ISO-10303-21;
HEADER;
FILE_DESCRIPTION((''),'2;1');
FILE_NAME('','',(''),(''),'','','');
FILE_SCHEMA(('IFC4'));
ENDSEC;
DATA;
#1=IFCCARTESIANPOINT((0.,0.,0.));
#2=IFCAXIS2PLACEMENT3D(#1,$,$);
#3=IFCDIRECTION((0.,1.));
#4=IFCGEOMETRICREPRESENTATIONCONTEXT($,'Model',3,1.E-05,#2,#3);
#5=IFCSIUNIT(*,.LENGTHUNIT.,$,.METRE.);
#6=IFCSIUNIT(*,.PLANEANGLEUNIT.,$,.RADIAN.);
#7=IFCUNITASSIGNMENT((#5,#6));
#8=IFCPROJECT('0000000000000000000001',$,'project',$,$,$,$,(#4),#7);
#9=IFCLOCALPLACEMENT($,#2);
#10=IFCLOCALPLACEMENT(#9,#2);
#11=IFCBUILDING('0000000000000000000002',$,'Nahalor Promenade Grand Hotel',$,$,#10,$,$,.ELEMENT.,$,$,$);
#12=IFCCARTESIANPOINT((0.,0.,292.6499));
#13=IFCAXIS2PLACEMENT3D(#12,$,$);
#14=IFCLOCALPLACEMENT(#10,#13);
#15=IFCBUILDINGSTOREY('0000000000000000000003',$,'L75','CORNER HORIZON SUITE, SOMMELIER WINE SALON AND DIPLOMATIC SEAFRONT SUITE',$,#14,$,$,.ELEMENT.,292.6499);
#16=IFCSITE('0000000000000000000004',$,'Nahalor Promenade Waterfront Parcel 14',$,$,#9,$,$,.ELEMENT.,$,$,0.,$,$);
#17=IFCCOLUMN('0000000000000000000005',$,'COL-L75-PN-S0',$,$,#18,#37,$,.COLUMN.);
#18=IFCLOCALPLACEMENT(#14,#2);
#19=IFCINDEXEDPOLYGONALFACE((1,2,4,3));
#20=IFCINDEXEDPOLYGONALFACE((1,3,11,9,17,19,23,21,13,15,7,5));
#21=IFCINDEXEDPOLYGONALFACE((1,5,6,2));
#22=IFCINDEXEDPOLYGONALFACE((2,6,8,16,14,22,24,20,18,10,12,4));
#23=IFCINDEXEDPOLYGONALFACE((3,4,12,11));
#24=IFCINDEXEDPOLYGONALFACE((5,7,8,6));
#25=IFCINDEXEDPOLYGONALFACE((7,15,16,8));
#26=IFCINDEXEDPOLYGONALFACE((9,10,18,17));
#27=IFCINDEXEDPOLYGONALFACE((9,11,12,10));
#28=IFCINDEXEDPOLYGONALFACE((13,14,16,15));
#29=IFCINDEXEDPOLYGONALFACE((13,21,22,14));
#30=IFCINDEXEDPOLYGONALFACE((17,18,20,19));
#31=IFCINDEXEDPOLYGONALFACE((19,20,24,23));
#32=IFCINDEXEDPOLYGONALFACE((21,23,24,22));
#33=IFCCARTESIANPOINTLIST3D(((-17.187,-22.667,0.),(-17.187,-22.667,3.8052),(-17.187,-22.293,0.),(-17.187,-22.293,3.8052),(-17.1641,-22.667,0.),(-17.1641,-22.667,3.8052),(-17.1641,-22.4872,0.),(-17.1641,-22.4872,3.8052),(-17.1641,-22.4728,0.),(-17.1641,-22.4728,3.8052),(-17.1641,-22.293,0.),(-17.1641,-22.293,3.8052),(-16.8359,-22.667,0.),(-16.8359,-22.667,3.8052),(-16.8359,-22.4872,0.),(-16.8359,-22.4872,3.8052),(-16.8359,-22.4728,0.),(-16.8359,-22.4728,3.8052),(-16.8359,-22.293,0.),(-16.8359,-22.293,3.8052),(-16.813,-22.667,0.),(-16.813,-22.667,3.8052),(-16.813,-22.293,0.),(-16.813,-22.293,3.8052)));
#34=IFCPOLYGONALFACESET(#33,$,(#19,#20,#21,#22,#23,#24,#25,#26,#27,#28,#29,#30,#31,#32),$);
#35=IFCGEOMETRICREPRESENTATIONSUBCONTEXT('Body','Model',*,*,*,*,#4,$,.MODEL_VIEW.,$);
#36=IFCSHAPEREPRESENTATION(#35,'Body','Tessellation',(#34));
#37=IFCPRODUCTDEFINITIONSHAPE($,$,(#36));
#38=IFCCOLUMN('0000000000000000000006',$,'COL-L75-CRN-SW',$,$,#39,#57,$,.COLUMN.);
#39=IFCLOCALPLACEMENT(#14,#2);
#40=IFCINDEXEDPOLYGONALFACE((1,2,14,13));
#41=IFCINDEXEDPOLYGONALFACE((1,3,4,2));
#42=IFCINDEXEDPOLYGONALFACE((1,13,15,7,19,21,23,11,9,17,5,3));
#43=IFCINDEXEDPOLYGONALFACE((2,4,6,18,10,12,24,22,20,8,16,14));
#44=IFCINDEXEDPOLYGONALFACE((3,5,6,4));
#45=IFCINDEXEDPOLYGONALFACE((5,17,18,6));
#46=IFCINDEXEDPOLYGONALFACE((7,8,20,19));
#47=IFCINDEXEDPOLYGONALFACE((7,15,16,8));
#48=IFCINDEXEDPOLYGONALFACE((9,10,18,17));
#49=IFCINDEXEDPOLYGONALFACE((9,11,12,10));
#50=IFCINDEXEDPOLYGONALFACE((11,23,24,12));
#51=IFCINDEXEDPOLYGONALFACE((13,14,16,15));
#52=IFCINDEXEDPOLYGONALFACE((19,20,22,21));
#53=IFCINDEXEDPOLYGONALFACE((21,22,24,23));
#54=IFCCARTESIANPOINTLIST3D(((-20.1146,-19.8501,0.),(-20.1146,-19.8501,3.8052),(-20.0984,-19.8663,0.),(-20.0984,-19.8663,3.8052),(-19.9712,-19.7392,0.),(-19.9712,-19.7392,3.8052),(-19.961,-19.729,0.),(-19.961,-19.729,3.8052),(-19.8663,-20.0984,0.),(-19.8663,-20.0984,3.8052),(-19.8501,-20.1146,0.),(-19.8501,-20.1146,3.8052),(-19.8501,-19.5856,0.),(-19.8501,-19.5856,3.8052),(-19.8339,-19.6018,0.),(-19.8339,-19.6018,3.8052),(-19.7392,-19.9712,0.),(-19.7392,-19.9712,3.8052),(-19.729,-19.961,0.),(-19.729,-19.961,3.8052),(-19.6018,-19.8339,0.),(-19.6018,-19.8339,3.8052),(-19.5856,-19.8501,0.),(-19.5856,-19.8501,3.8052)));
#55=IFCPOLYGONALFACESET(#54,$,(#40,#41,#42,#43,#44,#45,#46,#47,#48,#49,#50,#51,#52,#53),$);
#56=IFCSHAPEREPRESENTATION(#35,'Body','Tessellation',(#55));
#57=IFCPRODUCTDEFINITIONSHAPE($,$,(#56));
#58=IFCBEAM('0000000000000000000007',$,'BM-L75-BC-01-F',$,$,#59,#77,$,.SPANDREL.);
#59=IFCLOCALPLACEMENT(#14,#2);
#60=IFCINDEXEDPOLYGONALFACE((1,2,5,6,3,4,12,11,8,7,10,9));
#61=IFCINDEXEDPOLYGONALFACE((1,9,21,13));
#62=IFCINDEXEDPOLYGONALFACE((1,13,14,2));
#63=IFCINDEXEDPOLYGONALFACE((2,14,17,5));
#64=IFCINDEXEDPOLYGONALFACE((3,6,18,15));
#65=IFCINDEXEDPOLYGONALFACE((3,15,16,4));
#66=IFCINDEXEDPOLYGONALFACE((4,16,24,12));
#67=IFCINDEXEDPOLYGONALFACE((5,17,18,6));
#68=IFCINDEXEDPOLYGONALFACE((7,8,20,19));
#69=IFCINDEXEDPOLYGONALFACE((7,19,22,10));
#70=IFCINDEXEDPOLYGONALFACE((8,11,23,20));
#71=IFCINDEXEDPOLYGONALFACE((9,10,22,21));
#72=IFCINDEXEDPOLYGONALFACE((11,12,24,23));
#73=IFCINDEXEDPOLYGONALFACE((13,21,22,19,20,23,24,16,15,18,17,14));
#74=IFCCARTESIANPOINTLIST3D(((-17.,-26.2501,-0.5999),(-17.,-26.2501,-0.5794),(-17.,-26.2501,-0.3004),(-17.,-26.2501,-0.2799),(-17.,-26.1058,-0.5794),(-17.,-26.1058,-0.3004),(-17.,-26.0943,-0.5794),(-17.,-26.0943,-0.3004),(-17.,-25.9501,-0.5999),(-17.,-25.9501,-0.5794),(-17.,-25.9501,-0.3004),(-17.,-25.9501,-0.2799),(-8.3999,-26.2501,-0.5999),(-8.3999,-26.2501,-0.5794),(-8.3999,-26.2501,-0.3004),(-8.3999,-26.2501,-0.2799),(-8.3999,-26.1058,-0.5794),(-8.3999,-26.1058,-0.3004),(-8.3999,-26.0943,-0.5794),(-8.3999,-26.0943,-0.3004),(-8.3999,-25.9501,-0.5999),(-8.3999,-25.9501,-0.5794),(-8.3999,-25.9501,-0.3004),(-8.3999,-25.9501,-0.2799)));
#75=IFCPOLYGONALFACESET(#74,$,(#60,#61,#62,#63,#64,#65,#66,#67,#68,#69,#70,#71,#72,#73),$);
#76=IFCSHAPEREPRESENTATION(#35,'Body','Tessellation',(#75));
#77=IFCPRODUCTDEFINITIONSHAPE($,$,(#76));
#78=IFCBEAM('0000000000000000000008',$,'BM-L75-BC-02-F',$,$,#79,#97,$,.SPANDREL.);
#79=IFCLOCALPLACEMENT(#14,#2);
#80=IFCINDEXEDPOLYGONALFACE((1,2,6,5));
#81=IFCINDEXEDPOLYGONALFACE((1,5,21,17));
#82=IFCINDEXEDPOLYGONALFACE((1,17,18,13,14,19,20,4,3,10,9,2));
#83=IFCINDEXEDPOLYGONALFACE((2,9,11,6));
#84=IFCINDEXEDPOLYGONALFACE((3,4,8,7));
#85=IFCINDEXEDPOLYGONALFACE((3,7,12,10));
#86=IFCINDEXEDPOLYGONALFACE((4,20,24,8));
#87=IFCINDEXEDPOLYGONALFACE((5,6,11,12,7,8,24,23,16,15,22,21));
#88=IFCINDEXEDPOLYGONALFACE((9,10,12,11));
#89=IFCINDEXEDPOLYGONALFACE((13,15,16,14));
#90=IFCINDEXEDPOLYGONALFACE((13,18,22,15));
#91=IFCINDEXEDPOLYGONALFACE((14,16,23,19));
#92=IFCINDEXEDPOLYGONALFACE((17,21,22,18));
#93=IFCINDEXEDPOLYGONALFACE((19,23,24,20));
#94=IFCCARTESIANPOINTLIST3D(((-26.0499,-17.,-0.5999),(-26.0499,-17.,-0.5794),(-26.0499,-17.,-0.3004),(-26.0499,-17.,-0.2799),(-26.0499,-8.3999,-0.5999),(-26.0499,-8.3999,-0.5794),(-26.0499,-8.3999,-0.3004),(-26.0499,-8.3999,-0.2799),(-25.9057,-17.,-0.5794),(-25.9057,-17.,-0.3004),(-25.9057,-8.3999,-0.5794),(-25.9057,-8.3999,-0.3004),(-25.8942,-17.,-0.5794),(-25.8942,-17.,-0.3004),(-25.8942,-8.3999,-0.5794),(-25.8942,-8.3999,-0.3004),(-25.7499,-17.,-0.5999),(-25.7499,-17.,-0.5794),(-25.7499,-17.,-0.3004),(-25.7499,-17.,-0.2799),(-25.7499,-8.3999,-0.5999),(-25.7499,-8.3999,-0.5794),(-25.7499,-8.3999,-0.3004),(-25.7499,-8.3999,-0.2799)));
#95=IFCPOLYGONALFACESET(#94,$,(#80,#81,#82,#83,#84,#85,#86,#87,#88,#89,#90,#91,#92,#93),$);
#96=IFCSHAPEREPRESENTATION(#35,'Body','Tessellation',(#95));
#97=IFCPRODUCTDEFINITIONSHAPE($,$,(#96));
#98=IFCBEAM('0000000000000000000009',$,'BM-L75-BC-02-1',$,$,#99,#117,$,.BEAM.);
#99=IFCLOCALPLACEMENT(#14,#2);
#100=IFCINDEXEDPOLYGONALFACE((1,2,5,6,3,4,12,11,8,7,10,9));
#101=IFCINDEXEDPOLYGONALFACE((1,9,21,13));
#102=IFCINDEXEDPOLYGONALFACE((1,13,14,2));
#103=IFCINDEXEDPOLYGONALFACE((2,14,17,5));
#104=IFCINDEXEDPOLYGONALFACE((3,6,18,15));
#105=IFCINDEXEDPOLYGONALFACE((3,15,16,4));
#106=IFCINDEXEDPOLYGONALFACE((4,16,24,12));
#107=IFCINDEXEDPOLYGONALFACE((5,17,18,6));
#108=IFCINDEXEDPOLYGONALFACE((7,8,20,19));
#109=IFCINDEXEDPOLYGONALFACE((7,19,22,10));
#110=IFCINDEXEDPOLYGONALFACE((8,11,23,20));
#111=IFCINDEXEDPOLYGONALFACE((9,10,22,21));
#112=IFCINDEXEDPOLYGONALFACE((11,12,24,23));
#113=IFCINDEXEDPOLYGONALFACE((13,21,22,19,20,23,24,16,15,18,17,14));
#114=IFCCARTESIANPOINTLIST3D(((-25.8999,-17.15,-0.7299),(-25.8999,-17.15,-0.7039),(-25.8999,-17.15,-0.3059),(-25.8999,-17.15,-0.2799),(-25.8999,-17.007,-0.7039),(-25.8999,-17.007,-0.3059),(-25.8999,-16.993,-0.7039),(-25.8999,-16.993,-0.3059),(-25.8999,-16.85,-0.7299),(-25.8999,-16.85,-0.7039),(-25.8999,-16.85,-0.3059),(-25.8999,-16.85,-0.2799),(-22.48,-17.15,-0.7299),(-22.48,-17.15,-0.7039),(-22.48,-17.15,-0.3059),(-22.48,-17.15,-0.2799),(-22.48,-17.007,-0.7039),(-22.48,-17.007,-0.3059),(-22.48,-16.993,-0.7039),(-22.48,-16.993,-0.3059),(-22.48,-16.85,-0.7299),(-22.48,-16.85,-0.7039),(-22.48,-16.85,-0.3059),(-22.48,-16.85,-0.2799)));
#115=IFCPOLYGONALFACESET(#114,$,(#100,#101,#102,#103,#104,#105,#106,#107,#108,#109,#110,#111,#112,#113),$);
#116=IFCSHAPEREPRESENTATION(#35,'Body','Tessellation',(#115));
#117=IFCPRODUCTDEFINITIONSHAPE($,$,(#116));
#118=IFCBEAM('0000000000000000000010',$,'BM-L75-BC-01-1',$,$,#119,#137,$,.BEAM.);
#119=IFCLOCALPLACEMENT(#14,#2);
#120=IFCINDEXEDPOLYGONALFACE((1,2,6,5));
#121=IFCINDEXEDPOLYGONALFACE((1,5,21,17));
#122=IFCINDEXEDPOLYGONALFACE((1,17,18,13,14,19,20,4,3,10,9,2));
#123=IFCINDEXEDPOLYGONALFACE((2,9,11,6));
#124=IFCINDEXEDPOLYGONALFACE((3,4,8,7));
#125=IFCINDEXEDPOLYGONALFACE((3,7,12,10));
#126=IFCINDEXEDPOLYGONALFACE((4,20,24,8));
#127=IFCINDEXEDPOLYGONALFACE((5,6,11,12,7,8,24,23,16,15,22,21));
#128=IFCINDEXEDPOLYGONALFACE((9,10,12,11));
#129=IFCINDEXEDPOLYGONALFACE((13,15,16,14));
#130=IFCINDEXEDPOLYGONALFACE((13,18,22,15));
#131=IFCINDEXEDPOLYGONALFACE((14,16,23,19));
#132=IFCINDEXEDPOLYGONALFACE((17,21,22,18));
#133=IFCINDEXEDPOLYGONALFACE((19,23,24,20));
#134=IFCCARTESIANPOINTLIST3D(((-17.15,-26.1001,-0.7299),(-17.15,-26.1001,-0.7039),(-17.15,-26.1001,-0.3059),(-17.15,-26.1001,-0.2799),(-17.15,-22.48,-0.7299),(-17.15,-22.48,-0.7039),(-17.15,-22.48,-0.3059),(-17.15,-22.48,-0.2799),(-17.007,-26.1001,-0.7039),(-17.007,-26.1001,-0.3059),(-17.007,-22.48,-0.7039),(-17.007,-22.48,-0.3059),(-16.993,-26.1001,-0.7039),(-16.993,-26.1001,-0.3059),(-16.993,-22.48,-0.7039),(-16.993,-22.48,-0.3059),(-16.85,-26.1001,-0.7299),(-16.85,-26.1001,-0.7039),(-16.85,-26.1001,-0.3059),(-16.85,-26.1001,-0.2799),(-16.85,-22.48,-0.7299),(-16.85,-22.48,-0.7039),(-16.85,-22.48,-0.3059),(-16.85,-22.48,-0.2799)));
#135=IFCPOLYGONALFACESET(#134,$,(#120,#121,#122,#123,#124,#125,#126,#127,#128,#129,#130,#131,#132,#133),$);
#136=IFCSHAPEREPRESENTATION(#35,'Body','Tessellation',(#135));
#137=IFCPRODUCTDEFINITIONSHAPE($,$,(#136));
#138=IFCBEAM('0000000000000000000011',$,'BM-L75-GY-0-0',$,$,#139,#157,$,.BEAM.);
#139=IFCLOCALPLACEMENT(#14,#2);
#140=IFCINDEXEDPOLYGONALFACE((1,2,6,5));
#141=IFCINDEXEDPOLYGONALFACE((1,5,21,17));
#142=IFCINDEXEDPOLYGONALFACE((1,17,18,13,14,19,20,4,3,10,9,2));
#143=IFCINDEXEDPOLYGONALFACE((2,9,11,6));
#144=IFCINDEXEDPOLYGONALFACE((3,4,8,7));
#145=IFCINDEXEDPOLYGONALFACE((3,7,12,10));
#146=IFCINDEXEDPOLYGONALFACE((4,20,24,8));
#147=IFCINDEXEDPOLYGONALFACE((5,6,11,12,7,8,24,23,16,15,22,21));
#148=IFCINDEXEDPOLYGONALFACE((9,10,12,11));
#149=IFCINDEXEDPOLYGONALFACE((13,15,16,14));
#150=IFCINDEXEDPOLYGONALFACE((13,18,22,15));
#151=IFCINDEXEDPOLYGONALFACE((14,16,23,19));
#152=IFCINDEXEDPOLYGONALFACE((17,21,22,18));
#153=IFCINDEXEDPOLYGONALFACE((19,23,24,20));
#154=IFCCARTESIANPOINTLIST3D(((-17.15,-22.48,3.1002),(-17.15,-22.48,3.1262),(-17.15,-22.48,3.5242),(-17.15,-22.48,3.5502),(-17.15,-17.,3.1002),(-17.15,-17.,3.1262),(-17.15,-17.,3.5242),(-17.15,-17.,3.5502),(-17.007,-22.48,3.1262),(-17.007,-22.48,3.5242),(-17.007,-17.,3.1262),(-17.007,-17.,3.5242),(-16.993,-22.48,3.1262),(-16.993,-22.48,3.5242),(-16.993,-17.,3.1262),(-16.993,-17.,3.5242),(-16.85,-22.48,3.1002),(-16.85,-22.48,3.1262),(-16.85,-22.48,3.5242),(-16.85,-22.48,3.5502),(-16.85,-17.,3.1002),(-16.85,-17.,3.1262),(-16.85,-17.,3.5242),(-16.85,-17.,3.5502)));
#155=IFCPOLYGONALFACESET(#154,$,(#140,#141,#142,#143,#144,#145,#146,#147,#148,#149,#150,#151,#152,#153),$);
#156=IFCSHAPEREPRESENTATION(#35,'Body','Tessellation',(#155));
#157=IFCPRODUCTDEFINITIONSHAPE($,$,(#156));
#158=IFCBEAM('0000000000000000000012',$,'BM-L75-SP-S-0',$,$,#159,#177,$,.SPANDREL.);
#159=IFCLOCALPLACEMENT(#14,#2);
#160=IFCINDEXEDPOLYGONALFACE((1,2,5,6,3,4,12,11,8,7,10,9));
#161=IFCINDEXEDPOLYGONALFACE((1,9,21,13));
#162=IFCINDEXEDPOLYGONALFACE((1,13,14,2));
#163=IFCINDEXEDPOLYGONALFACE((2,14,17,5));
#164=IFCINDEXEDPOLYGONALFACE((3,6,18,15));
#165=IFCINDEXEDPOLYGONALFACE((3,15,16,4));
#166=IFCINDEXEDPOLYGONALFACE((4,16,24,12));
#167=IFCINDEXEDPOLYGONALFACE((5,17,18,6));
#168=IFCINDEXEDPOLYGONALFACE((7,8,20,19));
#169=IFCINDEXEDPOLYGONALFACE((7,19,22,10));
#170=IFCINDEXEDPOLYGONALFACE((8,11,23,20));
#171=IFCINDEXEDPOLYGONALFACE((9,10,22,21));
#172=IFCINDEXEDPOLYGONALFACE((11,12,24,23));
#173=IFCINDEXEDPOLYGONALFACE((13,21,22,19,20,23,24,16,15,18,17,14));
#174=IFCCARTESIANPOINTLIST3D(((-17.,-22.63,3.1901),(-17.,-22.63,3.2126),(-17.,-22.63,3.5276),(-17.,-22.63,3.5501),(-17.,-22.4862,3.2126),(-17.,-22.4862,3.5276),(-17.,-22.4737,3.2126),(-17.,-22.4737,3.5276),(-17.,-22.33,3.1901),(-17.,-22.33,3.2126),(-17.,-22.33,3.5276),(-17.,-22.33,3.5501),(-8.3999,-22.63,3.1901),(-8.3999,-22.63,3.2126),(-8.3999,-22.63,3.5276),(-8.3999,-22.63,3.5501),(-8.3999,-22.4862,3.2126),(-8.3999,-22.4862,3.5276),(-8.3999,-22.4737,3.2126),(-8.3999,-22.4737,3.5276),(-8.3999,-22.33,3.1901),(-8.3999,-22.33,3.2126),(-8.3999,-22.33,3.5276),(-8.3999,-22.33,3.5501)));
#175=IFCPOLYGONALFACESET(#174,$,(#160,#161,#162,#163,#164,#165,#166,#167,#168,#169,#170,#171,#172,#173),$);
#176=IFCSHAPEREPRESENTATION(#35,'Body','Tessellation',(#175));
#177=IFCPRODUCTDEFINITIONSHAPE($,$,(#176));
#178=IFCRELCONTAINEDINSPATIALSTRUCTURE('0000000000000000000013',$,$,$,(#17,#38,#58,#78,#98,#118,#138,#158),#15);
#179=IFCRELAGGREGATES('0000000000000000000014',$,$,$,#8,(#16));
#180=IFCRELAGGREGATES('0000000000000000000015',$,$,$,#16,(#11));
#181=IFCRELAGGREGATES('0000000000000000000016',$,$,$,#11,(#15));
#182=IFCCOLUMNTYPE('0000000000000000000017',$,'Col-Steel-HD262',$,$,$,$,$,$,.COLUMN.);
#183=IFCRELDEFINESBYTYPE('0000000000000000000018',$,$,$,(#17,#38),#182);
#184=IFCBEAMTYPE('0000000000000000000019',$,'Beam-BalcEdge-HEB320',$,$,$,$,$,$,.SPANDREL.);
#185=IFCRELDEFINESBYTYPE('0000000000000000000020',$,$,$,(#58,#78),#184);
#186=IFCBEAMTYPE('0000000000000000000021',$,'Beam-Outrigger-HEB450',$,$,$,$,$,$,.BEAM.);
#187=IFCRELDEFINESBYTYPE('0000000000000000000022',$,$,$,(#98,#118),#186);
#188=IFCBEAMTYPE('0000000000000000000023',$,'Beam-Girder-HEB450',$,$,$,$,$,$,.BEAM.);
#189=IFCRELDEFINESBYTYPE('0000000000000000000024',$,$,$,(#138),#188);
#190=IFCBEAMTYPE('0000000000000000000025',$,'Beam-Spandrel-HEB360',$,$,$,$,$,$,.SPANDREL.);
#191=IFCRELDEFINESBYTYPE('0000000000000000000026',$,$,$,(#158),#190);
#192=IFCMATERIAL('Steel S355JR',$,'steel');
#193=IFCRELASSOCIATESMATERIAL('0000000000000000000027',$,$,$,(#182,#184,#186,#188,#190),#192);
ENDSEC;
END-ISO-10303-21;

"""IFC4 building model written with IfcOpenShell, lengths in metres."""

from ifc_helpers import new_model, si_unit, direction, frame, origin, origin_2d, place, context, subcontext, project, spatial, i_section, extrude, source, transform, mapped, material, material_profile, profile_set, type_object, element, save


model = new_model("IFC4")

# Units and contexts
model_context = context("Model", 3, precision=1e-05, world=origin(), true_north=direction((0.0, 1.0)))
body_context = subcontext(model_context, "Body", "Model", "MODEL_VIEW")
ifc_project = project(units=[si_unit("LENGTHUNIT", "METRE"), si_unit("PLANEANGLEUNIT", "RADIAN")], contexts=[model_context])

# Site, building, storey
site_placement = place(None, origin())
site = spatial("IfcSite", under=ifc_project, at=site_placement, Name="Nahalor Promenade Waterfront Parcel 14", CompositionType="ELEMENT", RefElevation=0.0)
building_placement = place(site_placement, origin())
building = spatial("IfcBuilding", under=site, at=building_placement, Name="Nahalor Promenade Grand Hotel", CompositionType="ELEMENT")
storey_placement = place(building_placement, frame((0.0, 0.0, 292.6499)))
storey = spatial("IfcBuildingStorey", under=building, at=storey_placement, Name="L75", Description="CORNER HORIZON SUITE, SOMMELIER WINE SALON AND DIPLOMATIC SEAFRONT SUITE", CompositionType="ELEMENT", Elevation=292.6499)

# Columns
ifc_material_1 = material(Name="Steel S355JR", Category="steel")
ifc_material_profile_1 = material_profile(ifc_material_1, i_section(OverallWidth=0.374, OverallDepth=0.374, WebThickness=0.0144, FlangeThickness=0.0229, at=origin_2d()), Name="HD 360x262")
ifc_profile_set_1 = profile_set([ifc_material_profile_1], Name="Steel S355JR")
column_type = type_object("IfcColumnType", Name="Col-Steel-HD262", PredefinedType="COLUMN", material=ifc_profile_set_1)
shared_shape_1 = source(origin(), body_context, "Body", "SweptSolid", [
    extrude(i_section(OverallWidth=0.374, OverallDepth=0.374, WebThickness=0.0144, FlangeThickness=0.0229, at=origin_2d()), origin(), (0.0, 0.0, 1.0), 3.8052),
])
for number, where, z_axis, x_axis, name in (
    (1, (-17.0, -22.48, 0.0), (0.0, 0.0, 1.0), (0.0, 1.0, 0.0), "COL-L75-PN-S0"),
    (2, (-19.8501, -19.8501, 0.0), (0.0, 0.0, 1.0), (0.707107, 0.707107, 0.0), "COL-L75-CRN-SW"),
):
    element("IfcColumn", number, at=place(storey_placement, frame(where, z_axis=z_axis, x_axis=x_axis)), inside=storey, type_object=column_type, Name=name, PredefinedType="COLUMN", context=body_context, shape_type="MappedRepresentation", body=[
        mapped(shared_shape_1, transform((0.0, 0.0, 0.0), scale=1.0)),
    ])

# Beams
ifc_material_profile_2 = material_profile(ifc_material_1, i_section(OverallWidth=0.3, OverallDepth=0.32, WebThickness=0.0115, FlangeThickness=0.0205, at=origin_2d()), Name="HEB 320")
ifc_profile_set_2 = profile_set([ifc_material_profile_2], Name="Steel S355JR")
beam_type_1 = type_object("IfcBeamType", Name="Beam-BalcEdge-HEB320", PredefinedType="SPANDREL", material=ifc_profile_set_2)
shared_shape_2 = source(origin(), body_context, "Body", "SweptSolid", [
    extrude(i_section(OverallWidth=0.3, OverallDepth=0.32, WebThickness=0.0115, FlangeThickness=0.0205, at=origin_2d()), origin(), (0.0, 0.0, 1.0), 8.6001),
])
for number, where, z_axis, x_axis, name in (
    (3, (-17.0, -26.1001, -0.4399), (1.0, 0.0, 0.0), (0.0, 1.0, 0.0), "BM-L75-BC-01-F"),
    (4, (-25.8999, -17.0, -0.4399), (0.0, 1.0, 0.0), (-1.0, 0.0, 0.0), "BM-L75-BC-02-F"),
):
    element("IfcBeam", number, at=place(storey_placement, frame(where, z_axis=z_axis, x_axis=x_axis)), inside=storey, type_object=beam_type_1, Name=name, PredefinedType="SPANDREL", context=body_context, shape_type="MappedRepresentation", body=[
        mapped(shared_shape_2, transform((0.0, 0.0, 0.0), scale=1.0)),
    ])
ifc_material_profile_3 = material_profile(ifc_material_1, i_section(OverallWidth=0.3, OverallDepth=0.45, WebThickness=0.014, FlangeThickness=0.026, at=origin_2d()), Name="HEB 450")
ifc_profile_set_3 = profile_set([ifc_material_profile_3], Name="Steel S355JR")
beam_type_2 = type_object("IfcBeamType", Name="Beam-Outrigger-HEB450", PredefinedType="BEAM", material=ifc_profile_set_3)
shared_shape_3 = source(origin(), body_context, "Body", "SweptSolid", [
    extrude(i_section(OverallWidth=0.3, OverallDepth=0.45, WebThickness=0.014, FlangeThickness=0.026, at=origin_2d()), origin(), (0.0, 0.0, 1.0), 3.4199),
])
beam_1_placement = place(storey_placement, frame((-25.8999, -17.0, -0.5049), z_axis=(1.0, 0.0, 0.0), x_axis=(0.0, 1.0, 0.0)))
element("IfcBeam", 5, at=beam_1_placement, inside=storey, type_object=beam_type_2, Name="BM-L75-BC-02-1", PredefinedType="BEAM", context=body_context, shape_type="MappedRepresentation", body=[
    mapped(shared_shape_3, transform((0.0, 0.0, 0.0), scale=1.0)),
])
shared_shape_4 = source(origin(), body_context, "Body", "SweptSolid", [
    extrude(i_section(OverallWidth=0.3, OverallDepth=0.45, WebThickness=0.014, FlangeThickness=0.026, at=origin_2d()), origin(), (0.0, 0.0, 1.0), 3.6201),
])
beam_2_placement = place(storey_placement, frame((-17.0, -26.1001, -0.5049), z_axis=(0.0, 1.0, 0.0), x_axis=(-1.0, 0.0, 0.0)))
element("IfcBeam", 6, at=beam_2_placement, inside=storey, type_object=beam_type_2, Name="BM-L75-BC-01-1", PredefinedType="BEAM", context=body_context, shape_type="MappedRepresentation", body=[
    mapped(shared_shape_4, transform((0.0, 0.0, 0.0), scale=1.0)),
])
ifc_material_profile_4 = material_profile(ifc_material_1, i_section(OverallWidth=0.3, OverallDepth=0.45, WebThickness=0.014, FlangeThickness=0.026, at=origin_2d()), Name="HEB 450")
ifc_profile_set_4 = profile_set([ifc_material_profile_4], Name="Steel S355JR")
beam_type_3 = type_object("IfcBeamType", Name="Beam-Girder-HEB450", PredefinedType="BEAM", material=ifc_profile_set_4)
shared_shape_5 = source(origin(), body_context, "Body", "SweptSolid", [
    extrude(i_section(OverallWidth=0.3, OverallDepth=0.45, WebThickness=0.014, FlangeThickness=0.026, at=origin_2d()), origin(), (0.0, 0.0, 1.0), 5.48),
])
beam_3_placement = place(storey_placement, frame((-17.0, -22.48, 3.3252), z_axis=(0.0, 1.0, 0.0), x_axis=(-1.0, 0.0, 0.0)))
element("IfcBeam", 7, at=beam_3_placement, inside=storey, type_object=beam_type_3, Name="BM-L75-GY-0-0", PredefinedType="BEAM", context=body_context, shape_type="MappedRepresentation", body=[
    mapped(shared_shape_5, transform((0.0, 0.0, 0.0), scale=1.0)),
])
ifc_material_profile_5 = material_profile(ifc_material_1, i_section(OverallWidth=0.3, OverallDepth=0.36, WebThickness=0.0125, FlangeThickness=0.0225, at=origin_2d()), Name="HEB 360")
ifc_profile_set_5 = profile_set([ifc_material_profile_5], Name="Steel S355JR")
beam_type_4 = type_object("IfcBeamType", Name="Beam-Spandrel-HEB360", PredefinedType="SPANDREL", material=ifc_profile_set_5)
shared_shape_6 = source(origin(), body_context, "Body", "SweptSolid", [
    extrude(i_section(OverallWidth=0.3, OverallDepth=0.36, WebThickness=0.0125, FlangeThickness=0.0225, at=origin_2d()), origin(), (0.0, 0.0, 1.0), 8.6001),
])
beam_4_placement = place(storey_placement, frame((-17.0, -22.48, 3.3701), z_axis=(1.0, 0.0, 0.0), x_axis=(0.0, 1.0, 0.0)))
element("IfcBeam", 8, at=beam_4_placement, inside=storey, type_object=beam_type_4, Name="BM-L75-SP-S-0", PredefinedType="SPANDREL", context=body_context, shape_type="MappedRepresentation", body=[
    mapped(shared_shape_6, transform((0.0, 0.0, 0.0), scale=1.0)),
])

save(model, "model.ifc")
